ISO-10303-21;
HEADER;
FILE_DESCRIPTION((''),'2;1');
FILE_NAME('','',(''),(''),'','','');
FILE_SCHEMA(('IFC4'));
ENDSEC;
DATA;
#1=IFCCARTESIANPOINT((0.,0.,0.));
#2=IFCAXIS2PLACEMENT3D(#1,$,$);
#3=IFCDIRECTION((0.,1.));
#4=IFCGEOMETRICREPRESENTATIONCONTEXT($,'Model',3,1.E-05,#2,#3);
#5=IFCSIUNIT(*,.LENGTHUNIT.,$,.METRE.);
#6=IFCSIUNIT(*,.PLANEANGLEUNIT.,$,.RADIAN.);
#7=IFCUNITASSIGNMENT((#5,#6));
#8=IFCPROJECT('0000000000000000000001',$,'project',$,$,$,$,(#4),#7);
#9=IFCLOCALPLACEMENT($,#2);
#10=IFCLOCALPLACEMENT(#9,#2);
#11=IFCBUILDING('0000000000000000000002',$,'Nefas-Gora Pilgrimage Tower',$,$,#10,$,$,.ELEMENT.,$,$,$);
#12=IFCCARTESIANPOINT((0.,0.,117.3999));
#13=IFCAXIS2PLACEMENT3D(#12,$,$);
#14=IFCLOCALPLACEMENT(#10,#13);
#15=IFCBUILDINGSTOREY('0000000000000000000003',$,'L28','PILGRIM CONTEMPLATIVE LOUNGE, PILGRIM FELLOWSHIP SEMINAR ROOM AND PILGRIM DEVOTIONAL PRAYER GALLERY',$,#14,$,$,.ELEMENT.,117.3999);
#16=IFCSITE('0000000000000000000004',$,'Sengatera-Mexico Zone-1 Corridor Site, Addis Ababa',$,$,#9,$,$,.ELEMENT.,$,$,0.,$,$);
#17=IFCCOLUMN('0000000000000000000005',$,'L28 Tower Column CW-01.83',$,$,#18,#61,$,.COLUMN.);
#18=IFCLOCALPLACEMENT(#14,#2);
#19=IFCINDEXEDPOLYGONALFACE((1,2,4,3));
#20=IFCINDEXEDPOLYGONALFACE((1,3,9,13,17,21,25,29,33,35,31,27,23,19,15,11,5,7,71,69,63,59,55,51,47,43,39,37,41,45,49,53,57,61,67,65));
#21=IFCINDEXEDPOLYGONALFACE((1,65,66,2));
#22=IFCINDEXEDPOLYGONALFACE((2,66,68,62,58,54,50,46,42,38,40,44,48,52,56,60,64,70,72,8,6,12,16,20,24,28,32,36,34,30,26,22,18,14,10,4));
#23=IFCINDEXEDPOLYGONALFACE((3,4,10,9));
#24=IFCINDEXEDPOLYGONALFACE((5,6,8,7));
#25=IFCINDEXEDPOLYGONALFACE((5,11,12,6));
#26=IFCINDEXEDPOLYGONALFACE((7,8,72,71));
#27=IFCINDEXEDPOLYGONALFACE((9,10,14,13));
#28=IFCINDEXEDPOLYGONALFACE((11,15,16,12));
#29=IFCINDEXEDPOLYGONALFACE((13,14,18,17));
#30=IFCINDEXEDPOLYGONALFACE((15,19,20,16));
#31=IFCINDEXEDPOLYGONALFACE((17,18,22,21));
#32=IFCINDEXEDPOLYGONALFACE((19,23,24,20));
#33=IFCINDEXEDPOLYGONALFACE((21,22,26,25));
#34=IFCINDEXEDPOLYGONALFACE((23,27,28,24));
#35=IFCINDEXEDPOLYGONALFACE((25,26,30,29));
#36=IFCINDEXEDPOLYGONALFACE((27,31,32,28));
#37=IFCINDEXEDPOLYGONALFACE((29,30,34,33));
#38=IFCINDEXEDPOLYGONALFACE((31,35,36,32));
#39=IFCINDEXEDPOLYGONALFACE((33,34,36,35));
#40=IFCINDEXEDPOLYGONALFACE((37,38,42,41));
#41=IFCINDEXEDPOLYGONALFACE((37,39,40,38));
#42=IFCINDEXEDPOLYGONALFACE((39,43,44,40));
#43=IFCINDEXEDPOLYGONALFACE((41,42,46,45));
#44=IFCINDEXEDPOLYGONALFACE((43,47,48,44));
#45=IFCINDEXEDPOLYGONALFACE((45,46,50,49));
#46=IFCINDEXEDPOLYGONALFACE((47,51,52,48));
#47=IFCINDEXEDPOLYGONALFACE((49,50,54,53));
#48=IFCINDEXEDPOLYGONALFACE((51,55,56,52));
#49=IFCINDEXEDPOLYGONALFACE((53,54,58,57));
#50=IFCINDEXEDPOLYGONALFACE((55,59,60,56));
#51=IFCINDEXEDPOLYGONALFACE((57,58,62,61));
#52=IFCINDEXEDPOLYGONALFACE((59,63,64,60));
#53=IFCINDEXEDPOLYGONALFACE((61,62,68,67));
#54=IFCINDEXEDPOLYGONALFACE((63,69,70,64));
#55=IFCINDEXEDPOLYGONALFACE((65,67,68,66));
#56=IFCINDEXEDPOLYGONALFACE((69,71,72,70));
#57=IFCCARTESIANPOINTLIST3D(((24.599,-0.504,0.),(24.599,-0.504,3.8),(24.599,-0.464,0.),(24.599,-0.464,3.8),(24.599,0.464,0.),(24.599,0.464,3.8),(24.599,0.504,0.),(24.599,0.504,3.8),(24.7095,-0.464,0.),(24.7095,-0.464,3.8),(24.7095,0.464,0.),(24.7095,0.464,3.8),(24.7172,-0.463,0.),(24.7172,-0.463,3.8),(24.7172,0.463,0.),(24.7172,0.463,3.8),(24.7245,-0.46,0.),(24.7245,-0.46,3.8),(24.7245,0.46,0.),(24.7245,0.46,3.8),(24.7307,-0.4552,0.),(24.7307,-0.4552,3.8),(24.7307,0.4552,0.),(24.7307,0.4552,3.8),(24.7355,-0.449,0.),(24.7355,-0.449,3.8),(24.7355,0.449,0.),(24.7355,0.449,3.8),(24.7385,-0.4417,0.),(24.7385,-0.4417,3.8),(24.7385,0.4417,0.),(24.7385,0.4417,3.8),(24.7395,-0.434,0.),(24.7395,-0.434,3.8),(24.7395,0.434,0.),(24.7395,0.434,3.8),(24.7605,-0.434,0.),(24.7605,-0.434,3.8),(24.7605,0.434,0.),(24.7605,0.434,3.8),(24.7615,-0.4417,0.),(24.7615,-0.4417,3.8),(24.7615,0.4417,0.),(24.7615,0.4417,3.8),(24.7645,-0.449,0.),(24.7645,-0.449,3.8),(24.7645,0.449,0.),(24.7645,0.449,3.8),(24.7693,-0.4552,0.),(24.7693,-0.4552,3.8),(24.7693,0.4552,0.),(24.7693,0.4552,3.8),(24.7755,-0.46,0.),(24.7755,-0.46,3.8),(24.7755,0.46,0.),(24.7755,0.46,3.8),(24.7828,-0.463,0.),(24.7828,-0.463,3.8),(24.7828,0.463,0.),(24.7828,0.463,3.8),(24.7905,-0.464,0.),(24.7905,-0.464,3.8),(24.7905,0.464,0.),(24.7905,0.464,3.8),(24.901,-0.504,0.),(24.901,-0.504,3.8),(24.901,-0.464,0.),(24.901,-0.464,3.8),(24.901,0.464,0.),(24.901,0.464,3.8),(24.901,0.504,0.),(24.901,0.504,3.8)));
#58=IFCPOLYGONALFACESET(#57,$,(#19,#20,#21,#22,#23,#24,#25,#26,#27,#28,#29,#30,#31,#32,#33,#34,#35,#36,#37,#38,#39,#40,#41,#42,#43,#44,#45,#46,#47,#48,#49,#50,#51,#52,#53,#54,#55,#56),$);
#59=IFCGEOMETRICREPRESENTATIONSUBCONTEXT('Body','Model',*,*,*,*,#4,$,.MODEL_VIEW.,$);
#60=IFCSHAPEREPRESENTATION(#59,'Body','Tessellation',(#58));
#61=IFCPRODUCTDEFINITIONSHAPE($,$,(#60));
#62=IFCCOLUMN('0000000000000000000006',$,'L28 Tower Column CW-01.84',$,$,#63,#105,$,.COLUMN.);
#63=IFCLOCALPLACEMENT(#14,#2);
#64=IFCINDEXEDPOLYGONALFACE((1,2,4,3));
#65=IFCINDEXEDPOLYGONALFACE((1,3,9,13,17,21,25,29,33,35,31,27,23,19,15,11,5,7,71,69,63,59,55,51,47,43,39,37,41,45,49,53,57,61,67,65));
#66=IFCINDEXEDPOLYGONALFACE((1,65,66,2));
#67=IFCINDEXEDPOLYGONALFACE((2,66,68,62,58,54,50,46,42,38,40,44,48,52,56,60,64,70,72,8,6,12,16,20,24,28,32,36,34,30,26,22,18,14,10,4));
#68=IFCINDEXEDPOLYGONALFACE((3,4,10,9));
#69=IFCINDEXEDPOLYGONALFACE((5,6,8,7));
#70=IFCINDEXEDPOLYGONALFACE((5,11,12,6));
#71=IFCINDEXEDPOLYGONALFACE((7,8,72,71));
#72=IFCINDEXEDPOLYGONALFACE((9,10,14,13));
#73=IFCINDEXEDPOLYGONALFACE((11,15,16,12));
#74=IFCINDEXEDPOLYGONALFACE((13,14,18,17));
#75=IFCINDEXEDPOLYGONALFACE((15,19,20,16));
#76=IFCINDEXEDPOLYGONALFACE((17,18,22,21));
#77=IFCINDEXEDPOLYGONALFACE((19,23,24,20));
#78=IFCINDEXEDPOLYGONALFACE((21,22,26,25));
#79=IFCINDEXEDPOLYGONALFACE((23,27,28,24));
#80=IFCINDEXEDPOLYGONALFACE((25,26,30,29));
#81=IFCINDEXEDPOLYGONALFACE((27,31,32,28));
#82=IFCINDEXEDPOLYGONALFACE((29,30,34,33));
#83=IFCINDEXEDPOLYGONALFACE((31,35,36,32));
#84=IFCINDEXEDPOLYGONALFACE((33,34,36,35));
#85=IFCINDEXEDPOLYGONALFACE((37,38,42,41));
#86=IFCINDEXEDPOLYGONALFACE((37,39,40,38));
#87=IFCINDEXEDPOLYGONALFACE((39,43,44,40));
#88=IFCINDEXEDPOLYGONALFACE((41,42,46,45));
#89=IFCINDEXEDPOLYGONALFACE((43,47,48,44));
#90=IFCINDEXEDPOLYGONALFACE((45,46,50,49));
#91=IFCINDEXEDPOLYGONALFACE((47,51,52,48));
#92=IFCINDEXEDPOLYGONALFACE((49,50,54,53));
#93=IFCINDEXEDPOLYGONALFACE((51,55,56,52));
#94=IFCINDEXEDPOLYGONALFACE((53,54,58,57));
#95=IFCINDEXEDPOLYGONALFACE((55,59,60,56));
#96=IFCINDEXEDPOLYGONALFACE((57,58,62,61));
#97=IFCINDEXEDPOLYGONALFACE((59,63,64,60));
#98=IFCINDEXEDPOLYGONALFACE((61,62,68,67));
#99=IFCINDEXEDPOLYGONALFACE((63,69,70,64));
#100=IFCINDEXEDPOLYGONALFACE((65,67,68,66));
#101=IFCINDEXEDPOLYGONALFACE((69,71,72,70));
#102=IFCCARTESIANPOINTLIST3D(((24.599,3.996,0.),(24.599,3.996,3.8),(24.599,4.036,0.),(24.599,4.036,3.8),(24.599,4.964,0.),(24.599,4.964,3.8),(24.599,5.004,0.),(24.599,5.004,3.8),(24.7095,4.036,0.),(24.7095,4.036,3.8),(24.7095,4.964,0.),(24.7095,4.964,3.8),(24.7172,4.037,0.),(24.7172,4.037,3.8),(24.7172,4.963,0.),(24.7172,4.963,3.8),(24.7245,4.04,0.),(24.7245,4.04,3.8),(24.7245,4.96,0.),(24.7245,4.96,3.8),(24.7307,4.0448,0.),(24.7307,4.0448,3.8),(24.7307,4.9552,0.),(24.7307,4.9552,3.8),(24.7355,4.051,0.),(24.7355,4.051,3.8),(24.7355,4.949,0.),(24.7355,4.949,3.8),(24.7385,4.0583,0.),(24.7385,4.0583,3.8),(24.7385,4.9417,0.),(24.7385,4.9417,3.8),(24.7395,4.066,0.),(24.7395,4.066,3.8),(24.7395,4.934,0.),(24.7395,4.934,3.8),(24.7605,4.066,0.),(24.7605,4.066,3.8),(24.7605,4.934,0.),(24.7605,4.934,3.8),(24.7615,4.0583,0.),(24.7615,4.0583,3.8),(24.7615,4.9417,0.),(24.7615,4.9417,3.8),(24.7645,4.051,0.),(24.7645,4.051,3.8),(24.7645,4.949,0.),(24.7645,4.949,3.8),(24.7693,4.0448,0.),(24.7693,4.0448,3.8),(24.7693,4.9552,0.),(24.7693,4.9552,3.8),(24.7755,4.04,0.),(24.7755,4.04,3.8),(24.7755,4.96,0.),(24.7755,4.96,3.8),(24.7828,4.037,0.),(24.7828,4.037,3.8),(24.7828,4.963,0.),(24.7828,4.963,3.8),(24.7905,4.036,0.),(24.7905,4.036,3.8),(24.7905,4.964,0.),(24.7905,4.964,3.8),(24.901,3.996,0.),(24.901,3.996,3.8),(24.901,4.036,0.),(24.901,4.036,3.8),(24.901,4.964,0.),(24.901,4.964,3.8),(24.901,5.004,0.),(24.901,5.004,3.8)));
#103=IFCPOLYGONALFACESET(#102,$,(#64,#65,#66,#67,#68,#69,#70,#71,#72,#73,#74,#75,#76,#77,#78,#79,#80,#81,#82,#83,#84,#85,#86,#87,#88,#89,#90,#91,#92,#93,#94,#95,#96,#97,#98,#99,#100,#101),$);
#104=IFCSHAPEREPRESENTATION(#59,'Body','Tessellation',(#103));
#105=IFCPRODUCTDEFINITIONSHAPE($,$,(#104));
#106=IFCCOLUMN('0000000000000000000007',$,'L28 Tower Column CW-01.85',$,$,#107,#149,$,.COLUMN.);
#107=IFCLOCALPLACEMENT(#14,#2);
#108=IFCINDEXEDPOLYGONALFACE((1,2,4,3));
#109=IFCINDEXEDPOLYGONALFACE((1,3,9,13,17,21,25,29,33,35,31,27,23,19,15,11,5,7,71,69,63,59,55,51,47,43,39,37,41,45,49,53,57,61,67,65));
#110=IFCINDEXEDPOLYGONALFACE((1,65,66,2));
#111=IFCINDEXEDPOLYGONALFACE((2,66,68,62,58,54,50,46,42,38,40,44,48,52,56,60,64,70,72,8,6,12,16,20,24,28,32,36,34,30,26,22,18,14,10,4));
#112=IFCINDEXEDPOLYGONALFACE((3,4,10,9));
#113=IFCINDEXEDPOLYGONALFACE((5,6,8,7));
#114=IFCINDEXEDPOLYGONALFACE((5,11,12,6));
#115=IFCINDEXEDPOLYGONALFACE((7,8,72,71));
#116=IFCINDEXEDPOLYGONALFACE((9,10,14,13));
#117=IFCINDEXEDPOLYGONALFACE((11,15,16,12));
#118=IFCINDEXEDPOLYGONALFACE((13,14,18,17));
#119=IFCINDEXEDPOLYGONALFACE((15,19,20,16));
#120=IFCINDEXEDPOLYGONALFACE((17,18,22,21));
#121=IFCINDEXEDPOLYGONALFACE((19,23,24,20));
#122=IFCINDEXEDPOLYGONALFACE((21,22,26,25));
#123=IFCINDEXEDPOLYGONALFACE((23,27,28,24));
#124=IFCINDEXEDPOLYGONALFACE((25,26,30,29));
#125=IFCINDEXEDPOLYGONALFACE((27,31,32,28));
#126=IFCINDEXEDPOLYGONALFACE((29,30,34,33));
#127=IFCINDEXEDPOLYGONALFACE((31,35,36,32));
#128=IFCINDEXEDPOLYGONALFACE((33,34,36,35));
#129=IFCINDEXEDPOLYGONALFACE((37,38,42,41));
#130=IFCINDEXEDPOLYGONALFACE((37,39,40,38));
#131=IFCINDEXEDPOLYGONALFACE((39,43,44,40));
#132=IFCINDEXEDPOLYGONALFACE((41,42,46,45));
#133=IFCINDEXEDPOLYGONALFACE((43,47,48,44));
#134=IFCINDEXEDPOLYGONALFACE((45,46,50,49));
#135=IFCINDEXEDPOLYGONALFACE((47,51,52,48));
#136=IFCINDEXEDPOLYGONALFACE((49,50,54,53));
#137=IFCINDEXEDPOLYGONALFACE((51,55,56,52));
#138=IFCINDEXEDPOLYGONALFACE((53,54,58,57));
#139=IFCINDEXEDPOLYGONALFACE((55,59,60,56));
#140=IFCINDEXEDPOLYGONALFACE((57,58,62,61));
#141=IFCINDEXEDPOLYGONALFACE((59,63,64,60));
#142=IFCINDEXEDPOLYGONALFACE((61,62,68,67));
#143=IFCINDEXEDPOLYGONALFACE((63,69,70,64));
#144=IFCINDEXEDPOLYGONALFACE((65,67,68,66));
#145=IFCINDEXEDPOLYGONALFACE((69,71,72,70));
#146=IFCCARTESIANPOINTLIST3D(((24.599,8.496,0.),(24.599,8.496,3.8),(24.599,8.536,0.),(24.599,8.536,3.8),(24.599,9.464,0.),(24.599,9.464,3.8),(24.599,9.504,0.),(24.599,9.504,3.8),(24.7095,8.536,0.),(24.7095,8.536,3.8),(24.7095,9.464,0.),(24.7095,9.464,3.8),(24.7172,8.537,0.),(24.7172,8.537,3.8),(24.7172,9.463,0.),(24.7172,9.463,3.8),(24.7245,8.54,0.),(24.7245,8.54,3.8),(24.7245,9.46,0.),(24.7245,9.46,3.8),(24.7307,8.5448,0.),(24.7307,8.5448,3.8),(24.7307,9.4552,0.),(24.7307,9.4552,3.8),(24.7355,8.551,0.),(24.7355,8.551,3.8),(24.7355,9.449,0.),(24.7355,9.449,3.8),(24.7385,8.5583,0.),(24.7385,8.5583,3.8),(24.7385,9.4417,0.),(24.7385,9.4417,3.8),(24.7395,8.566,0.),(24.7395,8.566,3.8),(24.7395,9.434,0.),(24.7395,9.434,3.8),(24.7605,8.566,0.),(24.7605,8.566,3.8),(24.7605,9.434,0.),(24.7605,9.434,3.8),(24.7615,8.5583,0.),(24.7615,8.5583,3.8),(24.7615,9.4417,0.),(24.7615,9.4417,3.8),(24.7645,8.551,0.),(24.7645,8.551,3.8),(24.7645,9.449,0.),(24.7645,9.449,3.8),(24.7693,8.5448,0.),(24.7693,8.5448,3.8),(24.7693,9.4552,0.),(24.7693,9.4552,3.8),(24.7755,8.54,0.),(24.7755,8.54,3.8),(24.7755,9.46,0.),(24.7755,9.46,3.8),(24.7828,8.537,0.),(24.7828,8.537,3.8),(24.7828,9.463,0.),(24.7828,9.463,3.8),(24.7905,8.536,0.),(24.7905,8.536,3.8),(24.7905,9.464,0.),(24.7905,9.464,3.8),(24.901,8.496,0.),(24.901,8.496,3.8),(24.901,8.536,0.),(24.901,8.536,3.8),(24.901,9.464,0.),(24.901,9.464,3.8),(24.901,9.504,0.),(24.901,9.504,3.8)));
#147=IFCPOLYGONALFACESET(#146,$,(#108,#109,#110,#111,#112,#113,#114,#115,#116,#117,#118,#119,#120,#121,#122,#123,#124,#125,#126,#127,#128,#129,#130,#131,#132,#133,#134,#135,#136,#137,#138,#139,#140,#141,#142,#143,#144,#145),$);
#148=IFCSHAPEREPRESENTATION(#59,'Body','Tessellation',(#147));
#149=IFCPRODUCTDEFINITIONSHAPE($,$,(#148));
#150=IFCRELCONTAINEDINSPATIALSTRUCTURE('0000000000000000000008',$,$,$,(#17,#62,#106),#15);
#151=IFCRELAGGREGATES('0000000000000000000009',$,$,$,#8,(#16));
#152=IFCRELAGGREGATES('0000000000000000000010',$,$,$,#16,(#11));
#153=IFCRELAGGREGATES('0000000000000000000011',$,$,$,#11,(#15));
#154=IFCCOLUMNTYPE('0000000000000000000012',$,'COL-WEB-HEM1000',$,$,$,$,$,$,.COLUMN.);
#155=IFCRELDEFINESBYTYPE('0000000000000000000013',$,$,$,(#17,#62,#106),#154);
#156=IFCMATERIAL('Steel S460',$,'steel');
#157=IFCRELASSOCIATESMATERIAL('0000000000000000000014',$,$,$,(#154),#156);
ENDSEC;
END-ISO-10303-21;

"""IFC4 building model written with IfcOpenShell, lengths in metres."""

from ifc_helpers import new_model, si_unit, direction, frame, origin, origin_2d, place, context, subcontext, project, spatial, i_section, extrude, source, transform, mapped, material, material_profile, profile_set, type_object, element, save


model = new_model("IFC4")

# Units and contexts
model_context = context("Model", 3, precision=1e-05, world=origin(), true_north=direction((0.0, 1.0)))
body_context = subcontext(model_context, "Body", "Model", "MODEL_VIEW")
ifc_project = project(units=[si_unit("LENGTHUNIT", "METRE"), si_unit("PLANEANGLEUNIT", "RADIAN")], contexts=[model_context])

# Site, building, storey
site_placement = place(None, origin())
site = spatial("IfcSite", under=ifc_project, at=site_placement, Name="Sengatera-Mexico Zone-1 Corridor Site, Addis Ababa", CompositionType="ELEMENT", RefElevation=0.0)
building_placement = place(site_placement, origin())
building = spatial("IfcBuilding", under=site, at=building_placement, Name="Nefas-Gora Pilgrimage Tower", CompositionType="ELEMENT")
storey_placement = place(building_placement, frame((0.0, 0.0, 117.3999)))
storey = spatial("IfcBuildingStorey", under=building, at=storey_placement, Name="L28", Description="PILGRIM CONTEMPLATIVE LOUNGE, PILGRIM FELLOWSHIP SEMINAR ROOM AND PILGRIM DEVOTIONAL PRAYER GALLERY", CompositionType="ELEMENT", Elevation=117.3999)

# Columns
ifc_material_1 = material(Name="Steel S460", Category="steel")
ifc_material_profile_1 = material_profile(ifc_material_1, i_section(OverallWidth=0.302, OverallDepth=1.0081, WebThickness=0.021, FlangeThickness=0.04, FilletRadius=0.03, at=origin_2d()), Name="HEM 1000")
ifc_profile_set_1 = profile_set([ifc_material_profile_1], Name="Steel S460")
column_type_1 = type_object("IfcColumnType", Name="COL-WEB-HEM1000", PredefinedType="COLUMN", material=ifc_profile_set_1)
shared_shape_1 = source(origin(), body_context, "Body", "SweptSolid", [
    extrude(i_section(OverallWidth=0.302, OverallDepth=1.0081, WebThickness=0.021, FlangeThickness=0.04, FilletRadius=0.03, at=origin_2d()), origin(), (0.0, 0.0, 1.0), 3.8),
])
for number, where, z_axis, x_axis, name in (
    (1, (24.75, 0.0, 0.0), (0.0, 0.0, 1.0), (1.0, 0.0, 0.0), "L28 Tower Column CW-01.83"),
    (2, (24.75, 4.5, 0.0), (0.0, 0.0, 1.0), (1.0, 0.0, 0.0), "L28 Tower Column CW-01.84"),
    (3, (24.75, 9.0, 0.0), (0.0, 0.0, 1.0), (1.0, 0.0, 0.0), "L28 Tower Column CW-01.85"),
):
    element("IfcColumn", number, at=place(storey_placement, frame(where, z_axis=z_axis, x_axis=x_axis)), inside=storey, type_object=column_type_1, Name=name, PredefinedType="COLUMN", context=body_context, shape_type="MappedRepresentation", body=[
        mapped(shared_shape_1, transform((0.0, 0.0, 0.0), x_axis=(1.0, 0.0, 0.0), y_axis=(0.0, 1.0, 0.0), z_axis=(0.0, 0.0, 1.0), scale=1.0)),
    ])

save(model, "model.ifc")
